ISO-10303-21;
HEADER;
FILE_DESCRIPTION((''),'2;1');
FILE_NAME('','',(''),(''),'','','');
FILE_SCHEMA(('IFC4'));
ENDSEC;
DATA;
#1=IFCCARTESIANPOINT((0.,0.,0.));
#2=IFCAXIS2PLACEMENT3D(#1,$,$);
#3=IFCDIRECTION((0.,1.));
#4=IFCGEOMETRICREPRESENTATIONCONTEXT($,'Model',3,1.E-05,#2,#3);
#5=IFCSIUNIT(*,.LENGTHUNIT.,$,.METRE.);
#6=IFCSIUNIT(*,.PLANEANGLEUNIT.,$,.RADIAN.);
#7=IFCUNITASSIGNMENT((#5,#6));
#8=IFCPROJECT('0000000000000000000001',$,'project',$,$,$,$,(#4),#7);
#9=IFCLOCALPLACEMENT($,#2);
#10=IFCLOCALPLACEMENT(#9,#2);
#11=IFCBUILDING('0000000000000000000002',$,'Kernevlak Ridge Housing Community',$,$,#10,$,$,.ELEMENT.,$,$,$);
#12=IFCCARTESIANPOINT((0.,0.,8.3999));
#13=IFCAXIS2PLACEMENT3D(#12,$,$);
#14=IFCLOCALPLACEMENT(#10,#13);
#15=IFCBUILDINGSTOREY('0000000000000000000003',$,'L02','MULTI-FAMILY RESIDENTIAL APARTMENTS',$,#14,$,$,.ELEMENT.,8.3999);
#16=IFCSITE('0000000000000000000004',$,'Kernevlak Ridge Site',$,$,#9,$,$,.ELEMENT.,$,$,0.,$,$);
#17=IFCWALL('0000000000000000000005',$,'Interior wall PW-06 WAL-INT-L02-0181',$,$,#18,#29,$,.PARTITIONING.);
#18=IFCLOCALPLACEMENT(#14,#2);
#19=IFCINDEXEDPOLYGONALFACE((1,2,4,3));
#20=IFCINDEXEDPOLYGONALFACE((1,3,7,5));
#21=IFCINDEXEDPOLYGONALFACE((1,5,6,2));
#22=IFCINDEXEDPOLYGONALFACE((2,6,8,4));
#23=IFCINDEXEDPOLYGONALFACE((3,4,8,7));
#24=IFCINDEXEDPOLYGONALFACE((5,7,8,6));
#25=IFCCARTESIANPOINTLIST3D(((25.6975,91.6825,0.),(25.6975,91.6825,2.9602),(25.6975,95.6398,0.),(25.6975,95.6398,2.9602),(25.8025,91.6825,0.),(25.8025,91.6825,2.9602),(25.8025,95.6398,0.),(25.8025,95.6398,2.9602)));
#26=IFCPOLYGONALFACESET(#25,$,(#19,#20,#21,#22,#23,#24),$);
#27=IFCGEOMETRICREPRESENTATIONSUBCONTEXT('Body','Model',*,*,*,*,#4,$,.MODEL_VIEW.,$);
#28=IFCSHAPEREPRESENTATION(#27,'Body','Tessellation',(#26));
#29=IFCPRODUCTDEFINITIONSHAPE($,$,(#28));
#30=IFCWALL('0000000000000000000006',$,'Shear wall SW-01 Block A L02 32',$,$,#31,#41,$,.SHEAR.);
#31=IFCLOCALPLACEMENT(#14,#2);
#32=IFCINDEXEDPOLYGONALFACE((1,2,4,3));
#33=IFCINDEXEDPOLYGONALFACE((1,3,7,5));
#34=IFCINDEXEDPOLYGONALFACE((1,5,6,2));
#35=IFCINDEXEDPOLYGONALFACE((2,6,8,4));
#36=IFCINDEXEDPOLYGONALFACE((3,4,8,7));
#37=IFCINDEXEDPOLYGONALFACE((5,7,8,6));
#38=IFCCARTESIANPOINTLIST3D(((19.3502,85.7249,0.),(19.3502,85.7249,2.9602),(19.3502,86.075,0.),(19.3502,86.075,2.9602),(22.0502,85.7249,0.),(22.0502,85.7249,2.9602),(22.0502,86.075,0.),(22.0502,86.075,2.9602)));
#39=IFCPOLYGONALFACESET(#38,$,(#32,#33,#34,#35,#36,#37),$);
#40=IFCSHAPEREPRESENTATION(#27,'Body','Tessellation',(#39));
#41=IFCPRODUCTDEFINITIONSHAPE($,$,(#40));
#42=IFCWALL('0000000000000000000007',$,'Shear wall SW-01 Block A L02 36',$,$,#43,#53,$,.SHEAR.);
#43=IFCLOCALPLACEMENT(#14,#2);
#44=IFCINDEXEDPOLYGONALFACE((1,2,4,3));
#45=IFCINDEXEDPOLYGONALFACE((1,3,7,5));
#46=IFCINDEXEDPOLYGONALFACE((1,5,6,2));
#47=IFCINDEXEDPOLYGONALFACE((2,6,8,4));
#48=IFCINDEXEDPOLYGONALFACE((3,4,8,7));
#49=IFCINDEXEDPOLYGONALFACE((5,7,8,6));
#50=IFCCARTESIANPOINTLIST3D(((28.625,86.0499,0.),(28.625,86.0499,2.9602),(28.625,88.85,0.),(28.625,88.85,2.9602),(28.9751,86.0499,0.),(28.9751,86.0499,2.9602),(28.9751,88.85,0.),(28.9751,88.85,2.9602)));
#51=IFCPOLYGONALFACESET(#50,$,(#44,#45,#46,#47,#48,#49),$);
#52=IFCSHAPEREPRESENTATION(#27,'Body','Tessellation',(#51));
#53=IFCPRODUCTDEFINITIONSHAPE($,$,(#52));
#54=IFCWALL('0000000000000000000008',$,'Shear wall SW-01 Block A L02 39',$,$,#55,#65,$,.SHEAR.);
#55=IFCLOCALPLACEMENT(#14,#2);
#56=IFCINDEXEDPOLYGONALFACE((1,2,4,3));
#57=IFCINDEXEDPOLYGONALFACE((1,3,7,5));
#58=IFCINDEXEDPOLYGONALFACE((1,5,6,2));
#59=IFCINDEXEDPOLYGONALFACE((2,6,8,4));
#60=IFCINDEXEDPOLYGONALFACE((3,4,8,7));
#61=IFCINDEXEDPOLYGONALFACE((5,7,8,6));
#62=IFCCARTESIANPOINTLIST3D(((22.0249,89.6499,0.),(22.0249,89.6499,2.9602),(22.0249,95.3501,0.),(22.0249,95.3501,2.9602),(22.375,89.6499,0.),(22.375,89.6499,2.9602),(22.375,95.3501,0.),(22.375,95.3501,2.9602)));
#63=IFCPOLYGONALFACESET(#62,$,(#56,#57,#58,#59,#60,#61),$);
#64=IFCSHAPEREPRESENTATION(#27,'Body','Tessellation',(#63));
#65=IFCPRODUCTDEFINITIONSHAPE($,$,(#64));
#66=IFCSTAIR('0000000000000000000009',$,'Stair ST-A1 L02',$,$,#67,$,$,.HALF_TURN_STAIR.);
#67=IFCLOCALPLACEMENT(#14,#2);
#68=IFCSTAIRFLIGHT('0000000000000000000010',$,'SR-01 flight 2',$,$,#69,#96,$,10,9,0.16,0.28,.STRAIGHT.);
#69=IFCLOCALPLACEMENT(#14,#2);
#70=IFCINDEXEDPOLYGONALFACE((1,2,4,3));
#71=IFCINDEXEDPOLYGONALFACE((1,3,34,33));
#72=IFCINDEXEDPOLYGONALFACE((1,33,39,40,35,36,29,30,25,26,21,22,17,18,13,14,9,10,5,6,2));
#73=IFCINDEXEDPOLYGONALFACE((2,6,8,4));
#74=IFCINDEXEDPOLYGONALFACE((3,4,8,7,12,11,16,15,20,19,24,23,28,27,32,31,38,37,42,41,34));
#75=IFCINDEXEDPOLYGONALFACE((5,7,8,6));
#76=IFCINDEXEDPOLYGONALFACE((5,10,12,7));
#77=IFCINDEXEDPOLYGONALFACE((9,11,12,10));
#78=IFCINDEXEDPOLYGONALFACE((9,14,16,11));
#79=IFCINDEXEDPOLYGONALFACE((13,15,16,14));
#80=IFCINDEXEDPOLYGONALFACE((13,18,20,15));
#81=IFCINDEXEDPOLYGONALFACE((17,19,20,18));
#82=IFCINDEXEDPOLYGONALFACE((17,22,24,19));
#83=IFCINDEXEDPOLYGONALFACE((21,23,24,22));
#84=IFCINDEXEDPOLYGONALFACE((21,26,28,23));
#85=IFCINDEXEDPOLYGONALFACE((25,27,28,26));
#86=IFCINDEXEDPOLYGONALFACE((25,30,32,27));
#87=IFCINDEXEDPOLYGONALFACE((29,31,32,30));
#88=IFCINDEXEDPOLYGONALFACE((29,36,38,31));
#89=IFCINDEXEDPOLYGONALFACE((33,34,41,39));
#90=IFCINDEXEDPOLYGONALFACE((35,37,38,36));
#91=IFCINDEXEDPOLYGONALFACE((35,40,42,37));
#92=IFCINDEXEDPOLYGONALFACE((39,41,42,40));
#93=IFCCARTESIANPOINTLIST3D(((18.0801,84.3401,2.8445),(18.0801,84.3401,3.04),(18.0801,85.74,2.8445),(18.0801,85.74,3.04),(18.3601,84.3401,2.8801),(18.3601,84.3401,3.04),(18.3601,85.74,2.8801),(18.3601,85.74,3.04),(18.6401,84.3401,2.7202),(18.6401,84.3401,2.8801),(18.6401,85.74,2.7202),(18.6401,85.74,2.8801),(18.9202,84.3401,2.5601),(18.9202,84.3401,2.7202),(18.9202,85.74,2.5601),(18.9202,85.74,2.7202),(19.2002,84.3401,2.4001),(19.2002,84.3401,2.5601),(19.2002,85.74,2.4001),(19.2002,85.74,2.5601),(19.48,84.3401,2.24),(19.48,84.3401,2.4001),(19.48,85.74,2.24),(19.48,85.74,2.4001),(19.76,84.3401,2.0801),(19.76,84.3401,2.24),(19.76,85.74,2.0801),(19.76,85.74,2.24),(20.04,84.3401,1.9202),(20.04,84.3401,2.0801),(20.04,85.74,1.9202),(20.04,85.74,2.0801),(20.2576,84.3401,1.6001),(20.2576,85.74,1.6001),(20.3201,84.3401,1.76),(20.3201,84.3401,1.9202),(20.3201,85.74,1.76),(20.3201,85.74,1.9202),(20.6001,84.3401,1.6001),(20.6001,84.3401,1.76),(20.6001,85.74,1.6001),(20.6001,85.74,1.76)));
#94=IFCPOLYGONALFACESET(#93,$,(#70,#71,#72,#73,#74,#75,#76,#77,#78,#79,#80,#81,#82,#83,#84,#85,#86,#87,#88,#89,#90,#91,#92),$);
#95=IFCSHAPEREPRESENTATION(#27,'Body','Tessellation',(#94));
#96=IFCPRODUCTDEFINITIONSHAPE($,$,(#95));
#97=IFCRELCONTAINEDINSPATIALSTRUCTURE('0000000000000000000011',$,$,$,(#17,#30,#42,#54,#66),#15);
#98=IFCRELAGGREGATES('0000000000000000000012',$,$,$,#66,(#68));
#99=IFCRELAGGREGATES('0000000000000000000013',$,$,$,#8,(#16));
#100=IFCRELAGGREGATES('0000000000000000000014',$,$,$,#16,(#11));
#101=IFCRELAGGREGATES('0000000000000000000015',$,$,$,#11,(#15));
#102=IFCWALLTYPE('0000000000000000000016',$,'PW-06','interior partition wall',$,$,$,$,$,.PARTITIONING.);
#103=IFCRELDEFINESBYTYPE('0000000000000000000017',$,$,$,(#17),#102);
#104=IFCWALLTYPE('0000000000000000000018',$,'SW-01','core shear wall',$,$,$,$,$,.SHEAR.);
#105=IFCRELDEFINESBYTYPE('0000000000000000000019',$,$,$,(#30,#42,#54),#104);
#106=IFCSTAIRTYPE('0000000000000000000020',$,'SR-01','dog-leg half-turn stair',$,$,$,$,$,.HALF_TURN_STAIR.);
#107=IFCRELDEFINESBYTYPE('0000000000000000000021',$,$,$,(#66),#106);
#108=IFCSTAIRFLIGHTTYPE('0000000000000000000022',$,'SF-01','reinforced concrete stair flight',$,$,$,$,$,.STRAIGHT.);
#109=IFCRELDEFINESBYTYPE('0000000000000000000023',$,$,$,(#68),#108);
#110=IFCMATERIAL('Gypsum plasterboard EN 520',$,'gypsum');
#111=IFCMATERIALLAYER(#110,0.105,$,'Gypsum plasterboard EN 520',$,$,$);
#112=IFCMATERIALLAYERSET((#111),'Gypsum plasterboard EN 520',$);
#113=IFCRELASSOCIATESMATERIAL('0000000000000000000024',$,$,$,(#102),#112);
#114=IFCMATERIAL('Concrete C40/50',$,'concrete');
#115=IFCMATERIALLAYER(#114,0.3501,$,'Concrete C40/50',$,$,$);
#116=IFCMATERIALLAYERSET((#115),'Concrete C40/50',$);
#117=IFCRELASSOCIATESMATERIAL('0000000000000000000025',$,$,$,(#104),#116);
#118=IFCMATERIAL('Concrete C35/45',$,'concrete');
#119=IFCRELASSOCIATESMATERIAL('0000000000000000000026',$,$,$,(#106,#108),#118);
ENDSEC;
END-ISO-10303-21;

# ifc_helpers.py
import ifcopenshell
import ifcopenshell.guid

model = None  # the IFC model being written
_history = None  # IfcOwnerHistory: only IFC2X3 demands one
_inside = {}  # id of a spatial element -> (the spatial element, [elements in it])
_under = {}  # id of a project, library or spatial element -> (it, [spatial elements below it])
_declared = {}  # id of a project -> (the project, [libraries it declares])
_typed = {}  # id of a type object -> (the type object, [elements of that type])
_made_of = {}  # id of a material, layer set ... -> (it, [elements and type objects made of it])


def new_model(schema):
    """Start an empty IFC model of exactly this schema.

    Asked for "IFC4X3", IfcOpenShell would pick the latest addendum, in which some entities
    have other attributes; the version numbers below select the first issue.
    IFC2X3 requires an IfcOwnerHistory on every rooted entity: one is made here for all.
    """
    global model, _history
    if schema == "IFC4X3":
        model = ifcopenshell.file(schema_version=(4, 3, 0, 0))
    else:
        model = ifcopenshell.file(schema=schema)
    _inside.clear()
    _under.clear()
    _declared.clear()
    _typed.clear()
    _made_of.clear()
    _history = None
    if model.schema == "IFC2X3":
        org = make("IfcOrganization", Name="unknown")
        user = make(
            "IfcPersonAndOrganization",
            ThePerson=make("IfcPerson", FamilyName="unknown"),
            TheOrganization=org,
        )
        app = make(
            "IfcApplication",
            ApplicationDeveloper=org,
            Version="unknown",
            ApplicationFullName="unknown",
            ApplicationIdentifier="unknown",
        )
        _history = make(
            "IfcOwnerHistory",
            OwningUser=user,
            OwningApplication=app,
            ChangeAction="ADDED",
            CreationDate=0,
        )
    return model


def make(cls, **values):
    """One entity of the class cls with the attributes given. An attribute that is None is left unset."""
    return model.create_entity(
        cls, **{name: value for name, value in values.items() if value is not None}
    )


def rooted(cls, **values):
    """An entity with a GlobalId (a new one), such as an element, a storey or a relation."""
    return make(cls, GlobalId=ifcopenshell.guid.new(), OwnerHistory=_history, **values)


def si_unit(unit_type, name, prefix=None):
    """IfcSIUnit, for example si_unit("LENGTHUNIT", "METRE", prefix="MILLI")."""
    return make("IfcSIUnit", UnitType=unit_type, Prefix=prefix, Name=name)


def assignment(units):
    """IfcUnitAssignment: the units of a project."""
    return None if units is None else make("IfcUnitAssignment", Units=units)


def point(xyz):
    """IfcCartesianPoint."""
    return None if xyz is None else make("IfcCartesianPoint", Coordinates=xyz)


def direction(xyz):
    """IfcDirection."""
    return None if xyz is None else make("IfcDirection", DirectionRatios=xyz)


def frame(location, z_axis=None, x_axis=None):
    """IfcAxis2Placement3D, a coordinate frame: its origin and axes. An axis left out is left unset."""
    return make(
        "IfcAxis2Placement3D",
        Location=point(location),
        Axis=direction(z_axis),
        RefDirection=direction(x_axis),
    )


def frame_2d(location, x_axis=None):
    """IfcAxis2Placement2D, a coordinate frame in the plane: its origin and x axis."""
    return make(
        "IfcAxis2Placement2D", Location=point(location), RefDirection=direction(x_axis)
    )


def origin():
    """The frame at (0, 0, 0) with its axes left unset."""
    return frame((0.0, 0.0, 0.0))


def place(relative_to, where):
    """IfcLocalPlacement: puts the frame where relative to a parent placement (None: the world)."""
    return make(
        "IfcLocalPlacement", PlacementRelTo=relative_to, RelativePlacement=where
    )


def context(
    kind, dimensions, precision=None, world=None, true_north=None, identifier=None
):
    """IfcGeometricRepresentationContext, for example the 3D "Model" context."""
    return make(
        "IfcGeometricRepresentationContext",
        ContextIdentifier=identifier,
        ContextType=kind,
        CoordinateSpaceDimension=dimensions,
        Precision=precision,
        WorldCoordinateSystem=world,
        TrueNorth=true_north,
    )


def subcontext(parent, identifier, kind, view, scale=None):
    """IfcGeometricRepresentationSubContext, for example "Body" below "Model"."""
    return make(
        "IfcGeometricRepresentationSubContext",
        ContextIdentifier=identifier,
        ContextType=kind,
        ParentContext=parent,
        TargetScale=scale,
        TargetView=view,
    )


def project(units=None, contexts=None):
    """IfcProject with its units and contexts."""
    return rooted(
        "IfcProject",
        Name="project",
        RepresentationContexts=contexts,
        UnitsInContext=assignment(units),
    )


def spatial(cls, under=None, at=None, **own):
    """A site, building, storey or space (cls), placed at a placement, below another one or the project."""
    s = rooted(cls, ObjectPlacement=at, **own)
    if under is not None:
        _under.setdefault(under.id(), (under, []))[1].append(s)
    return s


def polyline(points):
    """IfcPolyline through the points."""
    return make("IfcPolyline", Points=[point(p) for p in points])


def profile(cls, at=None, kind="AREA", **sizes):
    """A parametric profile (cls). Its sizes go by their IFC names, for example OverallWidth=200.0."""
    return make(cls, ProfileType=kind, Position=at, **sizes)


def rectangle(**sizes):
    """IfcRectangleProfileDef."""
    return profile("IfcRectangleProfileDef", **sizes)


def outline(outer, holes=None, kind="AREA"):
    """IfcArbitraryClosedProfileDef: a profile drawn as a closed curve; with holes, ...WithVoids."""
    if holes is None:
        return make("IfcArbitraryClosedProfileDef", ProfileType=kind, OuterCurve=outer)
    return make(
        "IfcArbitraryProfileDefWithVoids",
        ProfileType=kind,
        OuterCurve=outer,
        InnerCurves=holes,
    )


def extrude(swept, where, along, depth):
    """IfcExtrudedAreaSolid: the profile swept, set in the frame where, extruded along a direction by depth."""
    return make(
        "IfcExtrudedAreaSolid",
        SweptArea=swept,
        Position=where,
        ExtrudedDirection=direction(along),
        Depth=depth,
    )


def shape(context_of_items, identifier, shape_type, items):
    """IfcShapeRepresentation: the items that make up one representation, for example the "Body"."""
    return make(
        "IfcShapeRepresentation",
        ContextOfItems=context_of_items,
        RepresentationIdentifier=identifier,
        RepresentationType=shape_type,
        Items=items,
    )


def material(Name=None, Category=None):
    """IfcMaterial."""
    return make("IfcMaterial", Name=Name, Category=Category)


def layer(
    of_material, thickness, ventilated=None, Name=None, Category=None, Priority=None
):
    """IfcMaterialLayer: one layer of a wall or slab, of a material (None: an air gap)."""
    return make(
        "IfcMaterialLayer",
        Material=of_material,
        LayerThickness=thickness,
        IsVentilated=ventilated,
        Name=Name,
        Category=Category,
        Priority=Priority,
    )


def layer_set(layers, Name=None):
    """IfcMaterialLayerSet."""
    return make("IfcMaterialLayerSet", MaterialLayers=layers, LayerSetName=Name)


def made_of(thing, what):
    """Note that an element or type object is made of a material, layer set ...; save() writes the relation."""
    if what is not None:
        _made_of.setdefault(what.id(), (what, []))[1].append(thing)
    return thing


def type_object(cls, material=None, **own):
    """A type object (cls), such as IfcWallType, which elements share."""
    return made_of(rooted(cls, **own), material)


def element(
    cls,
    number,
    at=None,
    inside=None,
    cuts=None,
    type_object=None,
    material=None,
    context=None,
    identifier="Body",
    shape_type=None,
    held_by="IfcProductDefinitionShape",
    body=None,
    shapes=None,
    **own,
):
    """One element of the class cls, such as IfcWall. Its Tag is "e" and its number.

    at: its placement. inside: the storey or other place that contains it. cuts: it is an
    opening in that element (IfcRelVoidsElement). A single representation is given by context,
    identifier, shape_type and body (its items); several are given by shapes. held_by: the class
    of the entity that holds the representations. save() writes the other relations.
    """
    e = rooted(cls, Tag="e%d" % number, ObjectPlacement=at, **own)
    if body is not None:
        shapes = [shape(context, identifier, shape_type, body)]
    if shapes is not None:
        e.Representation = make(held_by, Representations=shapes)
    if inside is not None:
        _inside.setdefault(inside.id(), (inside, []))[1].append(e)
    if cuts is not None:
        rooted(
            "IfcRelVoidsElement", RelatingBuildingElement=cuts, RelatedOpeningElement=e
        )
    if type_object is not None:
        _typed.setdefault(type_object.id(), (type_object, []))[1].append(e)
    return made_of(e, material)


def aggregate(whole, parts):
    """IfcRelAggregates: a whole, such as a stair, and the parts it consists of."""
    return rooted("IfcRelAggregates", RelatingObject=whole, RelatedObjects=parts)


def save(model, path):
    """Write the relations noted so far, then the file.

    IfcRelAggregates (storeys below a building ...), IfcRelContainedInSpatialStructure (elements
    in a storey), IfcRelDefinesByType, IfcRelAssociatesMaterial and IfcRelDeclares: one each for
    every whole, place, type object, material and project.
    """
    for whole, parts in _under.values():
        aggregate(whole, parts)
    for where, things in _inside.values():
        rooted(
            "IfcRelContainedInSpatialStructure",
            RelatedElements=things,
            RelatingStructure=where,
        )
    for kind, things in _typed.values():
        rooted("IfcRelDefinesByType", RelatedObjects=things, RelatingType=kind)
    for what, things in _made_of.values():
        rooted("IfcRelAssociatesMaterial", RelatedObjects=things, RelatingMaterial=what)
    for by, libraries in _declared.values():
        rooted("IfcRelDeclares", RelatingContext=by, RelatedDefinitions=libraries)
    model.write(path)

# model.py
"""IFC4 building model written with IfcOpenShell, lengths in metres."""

from ifc_helpers import new_model, si_unit, direction, frame, frame_2d, origin, place, context, subcontext, project, spatial, polyline, rectangle, outline, extrude, material, layer, layer_set, type_object, element, aggregate, save


model = new_model("IFC4")

# Units and contexts
model_context = context("Model", 3, precision=1e-05, world=origin(), true_north=direction((0.0, 1.0)))
body_context = subcontext(model_context, "Body", "Model", "MODEL_VIEW")
ifc_project = project(units=[si_unit("LENGTHUNIT", "METRE"), si_unit("PLANEANGLEUNIT", "RADIAN")], contexts=[model_context])

# Site, building, storey
site_placement = place(None, origin())
site = spatial("IfcSite", under=ifc_project, at=site_placement, Name="Kernevlak Ridge Site", CompositionType="ELEMENT", RefElevation=0.0)
building_placement = place(site_placement, origin())
building = spatial("IfcBuilding", under=site, at=building_placement, Name="Kernevlak Ridge Housing Community", CompositionType="ELEMENT")
storey_placement = place(building_placement, frame((0.0, 0.0, 8.3999)))
storey = spatial("IfcBuildingStorey", under=building, at=storey_placement, Name="L02", Description="MULTI-FAMILY RESIDENTIAL APARTMENTS", CompositionType="ELEMENT", Elevation=8.3999)

# Shared definitions
ifc_material_1 = material(Name="Concrete C40/50", Category="concrete")

# Shared definitions
ifc_material_2 = material(Name="Concrete C35/45", Category="concrete")

# Shared definitions
ifc_material_3 = material(Name="Gypsum plasterboard EN 520", Category="gypsum")

# Walls
ifc_layer_1 = layer(ifc_material_3, 0.105, Name="Gypsum plasterboard EN 520")
ifc_layer_set_1 = layer_set([ifc_layer_1], Name="Gypsum plasterboard EN 520")
wall_type_1 = type_object("IfcWallType", Name="PW-06", Description="interior partition wall", PredefinedType="PARTITIONING", material=ifc_layer_set_1)
wall_1_placement = place(storey_placement, frame((25.75, 91.6826, 0.0), z_axis=(0.0, 0.0, 1.0), x_axis=(0.0, 1.0, 0.0)))
element("IfcWall", 1, at=wall_1_placement, inside=storey, type_object=wall_type_1, Name="Interior wall PW-06 WAL-INT-L02-0181", PredefinedType="PARTITIONING", context=body_context, shape_type="SweptSolid", body=[
    extrude(rectangle(XDim=3.9573, YDim=0.105, at=frame_2d((1.9785, 0.0))), origin(), (0.0, 0.0, 1.0), 2.9602),
])
ifc_layer_2 = layer(ifc_material_1, 0.3501, Name="Concrete C40/50")
ifc_layer_set_2 = layer_set([ifc_layer_2], Name="Concrete C40/50")
wall_type_2 = type_object("IfcWallType", Name="SW-01", Description="core shear wall", PredefinedType="SHEAR", material=ifc_layer_set_2)
wall_2_placement = place(storey_placement, frame((19.3501, 85.8999, 0.0), z_axis=(0.0, 0.0, 1.0), x_axis=(1.0, 0.0, 0.0)))
element("IfcWall", 2, at=wall_2_placement, inside=storey, type_object=wall_type_2, Name="Shear wall SW-01 Block A L02 32", PredefinedType="SHEAR", context=body_context, shape_type="SweptSolid", body=[
    extrude(rectangle(XDim=2.7, YDim=0.3501, at=frame_2d((1.3501, 0.0))), origin(), (0.0, 0.0, 1.0), 2.9602),
])
wall_3_placement = place(storey_placement, frame((28.8, 86.05, 0.0), z_axis=(0.0, 0.0, 1.0), x_axis=(0.0, 1.0, 0.0)))
element("IfcWall", 3, at=wall_3_placement, inside=storey, type_object=wall_type_2, Name="Shear wall SW-01 Block A L02 36", PredefinedType="SHEAR", context=body_context, shape_type="SweptSolid", body=[
    extrude(rectangle(XDim=2.8, YDim=0.3501, at=frame_2d((1.3999, 0.0))), origin(), (0.0, 0.0, 1.0), 2.9602),
])
wall_4_placement = place(storey_placement, frame((22.2, 89.6499, 0.0), z_axis=(0.0, 0.0, 1.0), x_axis=(0.0, 1.0, 0.0)))
element("IfcWall", 4, at=wall_4_placement, inside=storey, type_object=wall_type_2, Name="Shear wall SW-01 Block A L02 39", PredefinedType="SHEAR", context=body_context, shape_type="SweptSolid", body=[
    extrude(rectangle(XDim=5.7002, YDim=0.3501, at=frame_2d((2.8501, 0.0))), origin(), (0.0, 0.0, 1.0), 2.9602),
])

# Stair, stair flight
stair_type = type_object("IfcStairType", Name="SR-01", Description="dog-leg half-turn stair", PredefinedType="HALF_TURN_STAIR", material=ifc_material_2)
stair_placement = place(storey_placement, origin())
stair = element("IfcStair", 5, at=stair_placement, inside=storey, type_object=stair_type, Name="Stair ST-A1 L02", PredefinedType="HALF_TURN_STAIR")
stair_flight_type = type_object("IfcStairFlightType", Name="SF-01", Description="reinforced concrete stair flight", PredefinedType="STRAIGHT", material=ifc_material_2)
stair_flight_placement = place(storey_placement, frame((20.6001, 85.04, 1.6001), z_axis=(0.0, 0.0, 1.0), x_axis=(-1.0, 0.0, 0.0)))
stair_flight = element("IfcStairFlight", 6, at=stair_flight_placement, type_object=stair_flight_type, Name="SR-01 flight 2", NumberOfRisers=10, NumberOfTreads=9, PredefinedType="STRAIGHT", RiserHeight=0.16, TreadLength=0.28, context=body_context, shape_type="SweptSolid", body=[
    extrude(outline(polyline([(0.0, 0.0), (0.0, 0.1599), (0.28, 0.1599), (0.28, 0.3201), (0.5601, 0.3201), (0.5601, 0.48), (0.8401, 0.48), (0.8401, 0.6399), (1.1201, 0.6399), (1.1201, 0.8), (1.3999, 0.8), (1.3999, 0.96), (1.6799, 0.96), (1.6799, 1.1201), (1.96, 1.1201), (1.96, 1.28), (2.24, 1.28), (2.24, 1.4399), (2.52, 1.4399), (2.52, 1.6001), (2.52, 1.2444), (0.3425, 0.0), (0.0, 0.0)])), frame((0.0, 0.7, 0.0), z_axis=(0.0, -1.0, 0.0), x_axis=(1.0, 0.0, 0.0)), (0.0, 0.0, 1.0), 1.3999),
])
aggregate(stair, [stair_flight])

save(model, "model.ifc")
